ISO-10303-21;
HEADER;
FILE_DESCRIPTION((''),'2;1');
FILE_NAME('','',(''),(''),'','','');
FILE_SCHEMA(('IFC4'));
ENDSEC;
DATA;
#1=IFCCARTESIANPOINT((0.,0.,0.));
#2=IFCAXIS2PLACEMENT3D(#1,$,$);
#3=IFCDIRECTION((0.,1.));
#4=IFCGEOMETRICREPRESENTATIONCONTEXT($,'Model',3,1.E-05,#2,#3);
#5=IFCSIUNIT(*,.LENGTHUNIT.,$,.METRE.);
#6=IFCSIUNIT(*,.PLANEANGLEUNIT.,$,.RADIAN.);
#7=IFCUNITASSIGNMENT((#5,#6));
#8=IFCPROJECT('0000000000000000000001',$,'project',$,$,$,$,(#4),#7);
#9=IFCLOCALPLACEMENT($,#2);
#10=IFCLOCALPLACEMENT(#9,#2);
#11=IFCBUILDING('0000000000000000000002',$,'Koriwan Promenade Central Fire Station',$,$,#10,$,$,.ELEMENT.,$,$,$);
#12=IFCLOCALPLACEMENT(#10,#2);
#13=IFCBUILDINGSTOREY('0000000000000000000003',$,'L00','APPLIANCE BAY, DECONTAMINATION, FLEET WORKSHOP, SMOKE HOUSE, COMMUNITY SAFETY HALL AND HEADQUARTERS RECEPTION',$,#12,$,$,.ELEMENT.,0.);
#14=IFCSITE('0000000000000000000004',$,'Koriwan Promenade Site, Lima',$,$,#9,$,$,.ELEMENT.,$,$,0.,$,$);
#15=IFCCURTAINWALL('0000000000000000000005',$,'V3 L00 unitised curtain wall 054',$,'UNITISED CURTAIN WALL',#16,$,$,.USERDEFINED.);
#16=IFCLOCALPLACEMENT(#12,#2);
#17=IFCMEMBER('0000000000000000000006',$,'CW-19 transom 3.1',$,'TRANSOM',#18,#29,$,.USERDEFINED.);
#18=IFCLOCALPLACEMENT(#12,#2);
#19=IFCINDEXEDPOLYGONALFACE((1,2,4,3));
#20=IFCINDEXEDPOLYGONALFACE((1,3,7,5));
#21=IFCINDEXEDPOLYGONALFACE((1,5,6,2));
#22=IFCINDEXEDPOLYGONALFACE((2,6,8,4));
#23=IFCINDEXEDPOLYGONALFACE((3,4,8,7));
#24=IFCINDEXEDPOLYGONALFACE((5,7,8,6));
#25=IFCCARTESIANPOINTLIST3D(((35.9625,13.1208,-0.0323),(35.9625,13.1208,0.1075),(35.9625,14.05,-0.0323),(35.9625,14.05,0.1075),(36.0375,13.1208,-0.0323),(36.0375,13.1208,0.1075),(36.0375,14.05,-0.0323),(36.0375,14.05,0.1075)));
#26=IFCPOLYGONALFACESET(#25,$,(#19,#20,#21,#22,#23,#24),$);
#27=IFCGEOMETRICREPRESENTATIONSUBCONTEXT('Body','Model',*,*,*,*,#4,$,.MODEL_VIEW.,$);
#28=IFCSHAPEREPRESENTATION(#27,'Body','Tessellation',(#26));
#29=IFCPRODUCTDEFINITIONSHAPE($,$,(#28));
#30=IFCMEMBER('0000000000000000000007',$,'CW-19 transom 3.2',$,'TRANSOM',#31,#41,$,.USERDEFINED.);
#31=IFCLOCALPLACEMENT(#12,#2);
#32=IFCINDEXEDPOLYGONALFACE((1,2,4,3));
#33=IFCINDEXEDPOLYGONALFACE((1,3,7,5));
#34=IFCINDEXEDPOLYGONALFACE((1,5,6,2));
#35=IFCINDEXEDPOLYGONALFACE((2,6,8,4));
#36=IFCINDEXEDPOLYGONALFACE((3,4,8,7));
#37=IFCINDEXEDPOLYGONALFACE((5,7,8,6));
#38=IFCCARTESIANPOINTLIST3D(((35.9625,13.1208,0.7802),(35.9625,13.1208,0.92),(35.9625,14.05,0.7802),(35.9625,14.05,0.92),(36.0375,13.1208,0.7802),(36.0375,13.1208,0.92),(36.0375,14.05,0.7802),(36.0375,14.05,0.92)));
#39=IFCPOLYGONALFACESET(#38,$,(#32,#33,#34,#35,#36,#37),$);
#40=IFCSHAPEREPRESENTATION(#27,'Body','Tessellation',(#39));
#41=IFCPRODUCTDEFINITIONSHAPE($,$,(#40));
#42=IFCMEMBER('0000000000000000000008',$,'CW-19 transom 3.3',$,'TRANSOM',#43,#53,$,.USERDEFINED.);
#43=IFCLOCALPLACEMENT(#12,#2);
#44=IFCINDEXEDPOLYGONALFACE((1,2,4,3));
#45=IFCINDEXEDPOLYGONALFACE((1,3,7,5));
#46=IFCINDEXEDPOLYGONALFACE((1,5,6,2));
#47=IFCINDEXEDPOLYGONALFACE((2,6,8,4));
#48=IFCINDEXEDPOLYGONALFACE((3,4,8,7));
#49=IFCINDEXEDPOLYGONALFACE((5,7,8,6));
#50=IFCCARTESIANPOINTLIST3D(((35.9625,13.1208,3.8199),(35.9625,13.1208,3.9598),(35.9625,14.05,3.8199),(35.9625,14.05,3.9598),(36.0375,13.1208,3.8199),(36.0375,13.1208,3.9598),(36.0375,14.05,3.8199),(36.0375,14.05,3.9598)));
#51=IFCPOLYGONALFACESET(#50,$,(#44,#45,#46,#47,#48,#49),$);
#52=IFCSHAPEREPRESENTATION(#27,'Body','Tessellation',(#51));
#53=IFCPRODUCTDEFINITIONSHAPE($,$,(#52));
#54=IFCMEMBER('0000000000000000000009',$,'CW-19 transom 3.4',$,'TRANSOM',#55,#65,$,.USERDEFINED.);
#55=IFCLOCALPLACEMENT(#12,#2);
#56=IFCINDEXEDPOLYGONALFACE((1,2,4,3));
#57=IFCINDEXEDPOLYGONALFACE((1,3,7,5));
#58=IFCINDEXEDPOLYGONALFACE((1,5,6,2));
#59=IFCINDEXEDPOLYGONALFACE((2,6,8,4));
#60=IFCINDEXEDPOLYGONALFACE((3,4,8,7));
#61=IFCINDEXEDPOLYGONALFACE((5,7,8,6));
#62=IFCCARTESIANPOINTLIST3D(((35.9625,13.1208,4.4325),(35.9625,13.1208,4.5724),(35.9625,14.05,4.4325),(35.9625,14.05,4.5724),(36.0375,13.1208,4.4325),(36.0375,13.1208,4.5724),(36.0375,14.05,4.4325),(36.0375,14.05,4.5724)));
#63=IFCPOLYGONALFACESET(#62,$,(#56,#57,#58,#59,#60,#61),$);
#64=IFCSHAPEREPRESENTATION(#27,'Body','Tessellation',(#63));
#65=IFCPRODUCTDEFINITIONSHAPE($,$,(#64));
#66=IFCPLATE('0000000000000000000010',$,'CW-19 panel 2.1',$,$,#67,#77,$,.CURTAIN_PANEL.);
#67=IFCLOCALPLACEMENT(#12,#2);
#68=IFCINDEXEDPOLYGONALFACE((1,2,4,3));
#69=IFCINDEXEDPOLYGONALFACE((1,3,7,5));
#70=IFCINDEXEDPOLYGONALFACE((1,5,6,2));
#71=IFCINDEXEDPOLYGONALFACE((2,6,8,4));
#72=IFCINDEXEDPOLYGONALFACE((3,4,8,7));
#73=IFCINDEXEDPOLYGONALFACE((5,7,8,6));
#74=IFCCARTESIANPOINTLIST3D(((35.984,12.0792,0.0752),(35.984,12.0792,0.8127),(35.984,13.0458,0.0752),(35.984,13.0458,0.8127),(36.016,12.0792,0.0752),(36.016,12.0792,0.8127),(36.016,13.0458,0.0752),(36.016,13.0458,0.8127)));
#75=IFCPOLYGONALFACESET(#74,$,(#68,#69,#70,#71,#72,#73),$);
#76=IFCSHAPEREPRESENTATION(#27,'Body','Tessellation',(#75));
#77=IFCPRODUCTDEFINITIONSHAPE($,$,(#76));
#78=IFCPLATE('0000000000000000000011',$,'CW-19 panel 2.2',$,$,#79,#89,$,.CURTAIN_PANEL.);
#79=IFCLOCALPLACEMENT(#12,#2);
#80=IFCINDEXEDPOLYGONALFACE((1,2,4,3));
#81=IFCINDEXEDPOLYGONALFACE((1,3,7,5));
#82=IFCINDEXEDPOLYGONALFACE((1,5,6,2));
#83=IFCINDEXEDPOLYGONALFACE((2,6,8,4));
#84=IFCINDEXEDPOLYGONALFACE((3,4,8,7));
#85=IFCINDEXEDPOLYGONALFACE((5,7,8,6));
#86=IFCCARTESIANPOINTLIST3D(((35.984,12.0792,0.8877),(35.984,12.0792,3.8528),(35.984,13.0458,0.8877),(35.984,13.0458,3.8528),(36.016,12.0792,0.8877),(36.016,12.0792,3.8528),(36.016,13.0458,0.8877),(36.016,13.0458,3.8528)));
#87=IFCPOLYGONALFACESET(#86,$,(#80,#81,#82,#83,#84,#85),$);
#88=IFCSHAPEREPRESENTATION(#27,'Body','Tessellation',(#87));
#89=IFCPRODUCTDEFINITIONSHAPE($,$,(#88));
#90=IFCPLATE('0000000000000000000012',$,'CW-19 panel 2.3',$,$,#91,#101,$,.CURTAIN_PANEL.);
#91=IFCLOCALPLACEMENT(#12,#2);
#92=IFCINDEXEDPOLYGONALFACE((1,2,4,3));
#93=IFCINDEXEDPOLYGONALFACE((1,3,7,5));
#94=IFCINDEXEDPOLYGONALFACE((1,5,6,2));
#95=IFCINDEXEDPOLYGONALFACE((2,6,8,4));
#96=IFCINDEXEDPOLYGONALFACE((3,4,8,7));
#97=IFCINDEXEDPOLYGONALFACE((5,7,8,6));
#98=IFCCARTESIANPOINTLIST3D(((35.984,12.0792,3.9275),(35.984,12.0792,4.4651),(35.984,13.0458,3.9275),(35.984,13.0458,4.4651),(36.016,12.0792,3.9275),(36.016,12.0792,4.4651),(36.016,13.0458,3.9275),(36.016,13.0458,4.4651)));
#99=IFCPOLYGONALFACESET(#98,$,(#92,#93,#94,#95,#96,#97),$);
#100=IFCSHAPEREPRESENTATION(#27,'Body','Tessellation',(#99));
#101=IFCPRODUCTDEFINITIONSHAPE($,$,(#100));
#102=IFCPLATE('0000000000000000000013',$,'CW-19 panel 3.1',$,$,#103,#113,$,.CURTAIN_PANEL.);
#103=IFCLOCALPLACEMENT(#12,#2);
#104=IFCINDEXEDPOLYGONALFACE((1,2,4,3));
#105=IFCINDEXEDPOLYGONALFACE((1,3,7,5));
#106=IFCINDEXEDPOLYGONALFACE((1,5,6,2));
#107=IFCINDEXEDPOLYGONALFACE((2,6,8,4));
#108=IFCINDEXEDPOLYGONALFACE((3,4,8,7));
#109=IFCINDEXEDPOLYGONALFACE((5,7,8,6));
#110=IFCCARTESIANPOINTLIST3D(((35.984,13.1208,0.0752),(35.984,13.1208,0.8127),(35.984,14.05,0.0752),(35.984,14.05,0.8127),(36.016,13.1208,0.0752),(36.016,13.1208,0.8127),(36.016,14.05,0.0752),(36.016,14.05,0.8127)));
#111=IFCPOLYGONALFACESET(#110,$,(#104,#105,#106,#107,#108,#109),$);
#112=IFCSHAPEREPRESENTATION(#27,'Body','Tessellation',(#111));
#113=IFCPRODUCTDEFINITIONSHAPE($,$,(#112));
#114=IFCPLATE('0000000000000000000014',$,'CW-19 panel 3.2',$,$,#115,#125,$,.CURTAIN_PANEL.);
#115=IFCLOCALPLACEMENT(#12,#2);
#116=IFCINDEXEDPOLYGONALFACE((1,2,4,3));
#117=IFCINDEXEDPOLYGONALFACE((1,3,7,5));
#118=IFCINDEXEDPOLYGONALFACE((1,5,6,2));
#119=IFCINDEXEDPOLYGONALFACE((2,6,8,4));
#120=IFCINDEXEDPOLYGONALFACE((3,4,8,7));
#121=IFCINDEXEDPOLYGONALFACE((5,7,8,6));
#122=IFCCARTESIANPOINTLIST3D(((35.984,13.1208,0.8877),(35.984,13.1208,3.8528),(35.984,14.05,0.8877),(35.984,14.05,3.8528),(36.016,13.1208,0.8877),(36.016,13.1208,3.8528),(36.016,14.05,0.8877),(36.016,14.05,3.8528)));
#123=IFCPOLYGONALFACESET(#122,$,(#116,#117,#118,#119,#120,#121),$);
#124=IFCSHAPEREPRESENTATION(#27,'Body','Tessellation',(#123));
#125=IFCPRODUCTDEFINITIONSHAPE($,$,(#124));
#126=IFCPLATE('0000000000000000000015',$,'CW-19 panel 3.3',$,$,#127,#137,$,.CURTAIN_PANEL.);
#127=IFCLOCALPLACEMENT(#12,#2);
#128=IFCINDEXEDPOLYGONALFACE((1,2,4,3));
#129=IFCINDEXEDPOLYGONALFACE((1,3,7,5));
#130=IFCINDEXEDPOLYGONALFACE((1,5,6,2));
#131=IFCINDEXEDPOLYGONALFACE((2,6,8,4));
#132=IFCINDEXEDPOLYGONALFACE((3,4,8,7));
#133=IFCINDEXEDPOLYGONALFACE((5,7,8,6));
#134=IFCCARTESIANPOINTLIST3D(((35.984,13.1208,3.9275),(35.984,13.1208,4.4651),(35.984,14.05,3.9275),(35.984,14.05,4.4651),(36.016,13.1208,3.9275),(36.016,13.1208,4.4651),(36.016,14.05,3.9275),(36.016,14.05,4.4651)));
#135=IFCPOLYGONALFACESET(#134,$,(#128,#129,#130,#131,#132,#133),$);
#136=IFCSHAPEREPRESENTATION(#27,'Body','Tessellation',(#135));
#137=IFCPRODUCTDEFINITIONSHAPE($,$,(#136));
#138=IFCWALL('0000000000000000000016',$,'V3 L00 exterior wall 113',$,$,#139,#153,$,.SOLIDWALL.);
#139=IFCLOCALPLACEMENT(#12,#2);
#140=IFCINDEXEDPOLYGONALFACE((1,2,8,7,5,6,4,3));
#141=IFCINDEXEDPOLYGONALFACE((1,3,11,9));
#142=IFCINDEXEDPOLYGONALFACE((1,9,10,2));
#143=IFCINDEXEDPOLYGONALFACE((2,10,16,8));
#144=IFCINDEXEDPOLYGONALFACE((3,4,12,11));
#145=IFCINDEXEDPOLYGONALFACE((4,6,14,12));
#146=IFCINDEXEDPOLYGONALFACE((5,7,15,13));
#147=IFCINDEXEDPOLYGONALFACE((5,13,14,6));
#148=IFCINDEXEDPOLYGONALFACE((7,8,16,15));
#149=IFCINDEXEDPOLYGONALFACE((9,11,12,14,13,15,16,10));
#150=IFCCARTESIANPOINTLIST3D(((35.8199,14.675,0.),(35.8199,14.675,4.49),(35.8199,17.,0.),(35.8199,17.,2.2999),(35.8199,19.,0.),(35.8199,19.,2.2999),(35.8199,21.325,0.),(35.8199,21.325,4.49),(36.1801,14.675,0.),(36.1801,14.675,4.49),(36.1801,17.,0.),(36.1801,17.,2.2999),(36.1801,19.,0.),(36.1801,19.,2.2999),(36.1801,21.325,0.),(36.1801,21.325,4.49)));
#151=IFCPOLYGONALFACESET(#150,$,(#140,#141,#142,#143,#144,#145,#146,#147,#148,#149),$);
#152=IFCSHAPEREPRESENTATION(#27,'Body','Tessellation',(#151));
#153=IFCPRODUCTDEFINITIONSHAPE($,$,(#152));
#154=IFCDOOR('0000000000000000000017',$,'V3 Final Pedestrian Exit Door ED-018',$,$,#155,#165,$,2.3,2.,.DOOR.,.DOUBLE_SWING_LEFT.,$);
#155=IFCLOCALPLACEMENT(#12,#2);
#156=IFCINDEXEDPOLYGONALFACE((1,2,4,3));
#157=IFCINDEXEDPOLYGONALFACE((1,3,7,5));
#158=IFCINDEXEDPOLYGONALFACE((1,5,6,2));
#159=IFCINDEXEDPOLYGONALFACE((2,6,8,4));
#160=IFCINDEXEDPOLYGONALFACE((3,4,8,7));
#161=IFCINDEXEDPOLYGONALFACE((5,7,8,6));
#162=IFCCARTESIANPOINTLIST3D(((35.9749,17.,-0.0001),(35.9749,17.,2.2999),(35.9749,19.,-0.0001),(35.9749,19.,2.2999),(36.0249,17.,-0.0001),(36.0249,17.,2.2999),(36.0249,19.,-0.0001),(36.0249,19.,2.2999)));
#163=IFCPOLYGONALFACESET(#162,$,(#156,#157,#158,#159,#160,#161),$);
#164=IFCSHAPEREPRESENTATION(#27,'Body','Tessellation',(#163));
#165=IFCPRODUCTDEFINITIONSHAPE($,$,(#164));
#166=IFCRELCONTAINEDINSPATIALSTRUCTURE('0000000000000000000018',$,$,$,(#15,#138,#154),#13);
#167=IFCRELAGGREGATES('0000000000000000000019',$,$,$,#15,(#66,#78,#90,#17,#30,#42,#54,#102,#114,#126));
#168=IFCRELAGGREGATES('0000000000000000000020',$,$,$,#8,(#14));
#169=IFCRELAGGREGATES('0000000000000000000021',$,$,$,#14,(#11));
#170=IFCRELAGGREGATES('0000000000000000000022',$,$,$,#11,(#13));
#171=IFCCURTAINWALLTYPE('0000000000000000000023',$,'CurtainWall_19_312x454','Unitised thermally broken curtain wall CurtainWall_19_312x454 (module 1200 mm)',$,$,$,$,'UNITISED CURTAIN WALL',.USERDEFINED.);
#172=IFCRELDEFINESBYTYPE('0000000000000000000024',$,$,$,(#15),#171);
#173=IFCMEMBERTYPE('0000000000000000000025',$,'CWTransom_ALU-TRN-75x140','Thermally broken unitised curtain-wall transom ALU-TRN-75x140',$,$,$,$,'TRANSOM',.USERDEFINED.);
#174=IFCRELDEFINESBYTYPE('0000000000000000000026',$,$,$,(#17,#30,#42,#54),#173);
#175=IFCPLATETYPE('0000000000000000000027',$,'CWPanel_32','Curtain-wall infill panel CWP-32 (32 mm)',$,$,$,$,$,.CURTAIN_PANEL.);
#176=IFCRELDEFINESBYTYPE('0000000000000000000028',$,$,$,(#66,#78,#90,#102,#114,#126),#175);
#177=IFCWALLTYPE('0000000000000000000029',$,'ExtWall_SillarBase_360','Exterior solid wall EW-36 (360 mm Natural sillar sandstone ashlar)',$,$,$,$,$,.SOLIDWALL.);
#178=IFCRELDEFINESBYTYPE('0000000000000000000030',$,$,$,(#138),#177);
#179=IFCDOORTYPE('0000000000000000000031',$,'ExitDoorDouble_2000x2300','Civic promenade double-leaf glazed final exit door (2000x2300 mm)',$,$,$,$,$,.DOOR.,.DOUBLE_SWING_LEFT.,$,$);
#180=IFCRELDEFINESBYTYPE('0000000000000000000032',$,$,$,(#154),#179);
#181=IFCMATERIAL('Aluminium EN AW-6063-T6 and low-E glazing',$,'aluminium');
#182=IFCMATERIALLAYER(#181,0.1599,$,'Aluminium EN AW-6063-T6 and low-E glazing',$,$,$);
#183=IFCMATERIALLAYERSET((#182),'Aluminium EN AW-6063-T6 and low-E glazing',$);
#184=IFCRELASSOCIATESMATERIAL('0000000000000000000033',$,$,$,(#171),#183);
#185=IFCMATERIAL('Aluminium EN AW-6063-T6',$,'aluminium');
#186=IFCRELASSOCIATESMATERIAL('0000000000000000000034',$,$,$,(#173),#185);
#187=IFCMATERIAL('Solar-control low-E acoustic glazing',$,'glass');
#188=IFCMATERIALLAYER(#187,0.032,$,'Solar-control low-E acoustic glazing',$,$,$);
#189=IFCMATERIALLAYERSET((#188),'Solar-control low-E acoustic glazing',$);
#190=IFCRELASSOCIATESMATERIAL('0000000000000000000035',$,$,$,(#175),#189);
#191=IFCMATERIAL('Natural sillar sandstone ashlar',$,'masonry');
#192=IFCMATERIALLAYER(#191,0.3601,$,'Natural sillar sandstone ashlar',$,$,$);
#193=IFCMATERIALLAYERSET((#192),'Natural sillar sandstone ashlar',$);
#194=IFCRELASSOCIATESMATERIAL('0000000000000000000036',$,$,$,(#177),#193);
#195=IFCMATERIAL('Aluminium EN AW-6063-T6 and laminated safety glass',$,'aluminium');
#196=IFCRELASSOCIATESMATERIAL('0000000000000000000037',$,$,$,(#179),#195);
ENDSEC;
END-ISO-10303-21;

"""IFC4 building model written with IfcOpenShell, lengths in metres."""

from ifc_helpers import new_model, si_unit, direction, frame, frame_2d, origin, origin_2d, place, context, subcontext, project, spatial, rectangle, extrude, material, layer, layer_set, material_profile, profile_set, type_object, element, fill, aggregate, save


model = new_model("IFC4")

# Units and contexts
model_context = context("Model", 3, precision=1e-05, world=origin(), true_north=direction((0.0, 1.0)))
body_context = subcontext(model_context, "Body", "Model", "MODEL_VIEW")
ifc_project = project(units=[si_unit("LENGTHUNIT", "METRE"), si_unit("PLANEANGLEUNIT", "RADIAN")], contexts=[model_context])

# Site, building, storey
site_placement = place(None, origin())
site = spatial("IfcSite", under=ifc_project, at=site_placement, Name="Koriwan Promenade Site, Lima", CompositionType="ELEMENT", RefElevation=0.0)
building_placement = place(site_placement, origin())
building = spatial("IfcBuilding", under=site, at=building_placement, Name="Koriwan Promenade Central Fire Station", CompositionType="ELEMENT")
storey_placement = place(building_placement, origin())
storey = spatial("IfcBuildingStorey", under=building, at=storey_placement, Name="L00", Description="APPLIANCE BAY, DECONTAMINATION, FLEET WORKSHOP, SMOKE HOUSE, COMMUNITY SAFETY HALL AND HEADQUARTERS RECEPTION", CompositionType="ELEMENT", Elevation=0.0)

# Curtain wall
ifc_material_1 = material(Name="Aluminium EN AW-6063-T6 and low-E glazing", Category="aluminium")
ifc_layer_1 = layer(ifc_material_1, 0.1599, Name="Aluminium EN AW-6063-T6 and low-E glazing")
ifc_layer_set_1 = layer_set([ifc_layer_1], Name="Aluminium EN AW-6063-T6 and low-E glazing")
curtain_wall_type_1 = type_object("IfcCurtainWallType", Name="CurtainWall_19_312x454", Description="Unitised thermally broken curtain wall CurtainWall_19_312x454 (module 1200 mm)", ElementType="UNITISED CURTAIN WALL", PredefinedType="USERDEFINED", material=ifc_layer_set_1)
curtain_wall_1_placement = place(storey_placement, origin())
curtain_wall_1 = element("IfcCurtainWall", 1, at=curtain_wall_1_placement, inside=storey, type_object=curtain_wall_type_1, Name="V3 L00 unitised curtain wall 054", ObjectType="UNITISED CURTAIN WALL", PredefinedType="USERDEFINED")
ifc_material_2 = material(Name="Aluminium EN AW-6063-T6", Category="aluminium")

# Members
ifc_material_profile_1 = material_profile(ifc_material_2, rectangle(XDim=0.075, YDim=0.1399, at=origin_2d()), Name="ALU-TRN-75x140")
ifc_profile_set_1 = profile_set([ifc_material_profile_1], Name="Aluminium EN AW-6063-T6")
member_type_1 = type_object("IfcMemberType", Name="CWTransom_ALU-TRN-75x140", Description="Thermally broken unitised curtain-wall transom ALU-TRN-75x140", ElementType="TRANSOM", PredefinedType="USERDEFINED", material=ifc_profile_set_1)
member_1_placement = place(storey_placement, frame((36.0, 13.1208, 0.0376), z_axis=(0.0, 1.0, 0.0), x_axis=(-1.0, 0.0, 0.0)))
member_1 = element("IfcMember", 2, at=member_1_placement, type_object=member_type_1, Name="CW-19 transom 3.1", ObjectType="TRANSOM", PredefinedType="USERDEFINED", context=body_context, shape_type="SweptSolid", body=[
    extrude(rectangle(XDim=0.075, YDim=0.1399, at=origin_2d()), origin(), (0.0, 0.0, 1.0), 0.9292),
])
member_2_placement = place(storey_placement, frame((36.0, 13.1208, 0.8501), z_axis=(0.0, 1.0, 0.0), x_axis=(-1.0, 0.0, 0.0)))
member_2 = element("IfcMember", 3, at=member_2_placement, type_object=member_type_1, Name="CW-19 transom 3.2", ObjectType="TRANSOM", PredefinedType="USERDEFINED", context=body_context, shape_type="SweptSolid", body=[
    extrude(rectangle(XDim=0.075, YDim=0.1399, at=origin_2d()), origin(), (0.0, 0.0, 1.0), 0.9292),
])
member_3_placement = place(storey_placement, frame((36.0, 13.1208, 3.8899), z_axis=(0.0, 1.0, 0.0), x_axis=(-1.0, 0.0, 0.0)))
member_3 = element("IfcMember", 4, at=member_3_placement, type_object=member_type_1, Name="CW-19 transom 3.3", ObjectType="TRANSOM", PredefinedType="USERDEFINED", context=body_context, shape_type="SweptSolid", body=[
    extrude(rectangle(XDim=0.075, YDim=0.1399, at=origin_2d()), origin(), (0.0, 0.0, 1.0), 0.9292),
])
member_4_placement = place(storey_placement, frame((36.0, 13.1208, 4.5024), z_axis=(0.0, 1.0, 0.0), x_axis=(-1.0, 0.0, 0.0)))
member_4 = element("IfcMember", 5, at=member_4_placement, type_object=member_type_1, Name="CW-19 transom 3.4", ObjectType="TRANSOM", PredefinedType="USERDEFINED", context=body_context, shape_type="SweptSolid", body=[
    extrude(rectangle(XDim=0.075, YDim=0.1399, at=origin_2d()), origin(), (0.0, 0.0, 1.0), 0.9292),
])

# Plates
ifc_material_3 = material(Name="Solar-control low-E acoustic glazing", Category="glass")
ifc_layer_2 = layer(ifc_material_3, 0.032, Name="Solar-control low-E acoustic glazing")
ifc_layer_set_2 = layer_set([ifc_layer_2], Name="Solar-control low-E acoustic glazing")
plate_type = type_object("IfcPlateType", Name="CWPanel_32", Description="Curtain-wall infill panel CWP-32 (32 mm)", PredefinedType="CURTAIN_PANEL", material=ifc_layer_set_2)
plate_1_placement = place(storey_placement, frame((36.0, 12.5625, 0.0752), z_axis=(0.0, 0.0, 1.0), x_axis=(0.0, 1.0, 0.0)))
plate_1 = element("IfcPlate", 6, at=plate_1_placement, type_object=plate_type, Name="CW-19 panel 2.1", PredefinedType="CURTAIN_PANEL", context=body_context, shape_type="SweptSolid", body=[
    extrude(rectangle(XDim=0.9666, YDim=0.032, at=origin_2d()), origin(), (0.0, 0.0, 1.0), 0.7375),
])
plate_2_placement = place(storey_placement, frame((36.0, 12.5625, 0.8877), z_axis=(0.0, 0.0, 1.0), x_axis=(0.0, 1.0, 0.0)))
plate_2 = element("IfcPlate", 7, at=plate_2_placement, type_object=plate_type, Name="CW-19 panel 2.2", PredefinedType="CURTAIN_PANEL", context=body_context, shape_type="SweptSolid", body=[
    extrude(rectangle(XDim=0.9666, YDim=0.032, at=origin_2d()), origin(), (0.0, 0.0, 1.0), 2.9651),
])
plate_3_placement = place(storey_placement, frame((36.0, 12.5625, 3.9275), z_axis=(0.0, 0.0, 1.0), x_axis=(0.0, 1.0, 0.0)))
plate_3 = element("IfcPlate", 8, at=plate_3_placement, type_object=plate_type, Name="CW-19 panel 2.3", PredefinedType="CURTAIN_PANEL", context=body_context, shape_type="SweptSolid", body=[
    extrude(rectangle(XDim=0.9666, YDim=0.032, at=origin_2d()), origin(), (0.0, 0.0, 1.0), 0.5376),
])
plate_4_placement = place(storey_placement, frame((36.0, 13.5854, 0.0752), z_axis=(0.0, 0.0, 1.0), x_axis=(0.0, 1.0, 0.0)))
plate_4 = element("IfcPlate", 9, at=plate_4_placement, type_object=plate_type, Name="CW-19 panel 3.1", PredefinedType="CURTAIN_PANEL", context=body_context, shape_type="SweptSolid", body=[
    extrude(rectangle(XDim=0.9292, YDim=0.032, at=origin_2d()), origin(), (0.0, 0.0, 1.0), 0.7375),
])
plate_5_placement = place(storey_placement, frame((36.0, 13.5854, 0.8877), z_axis=(0.0, 0.0, 1.0), x_axis=(0.0, 1.0, 0.0)))
plate_5 = element("IfcPlate", 10, at=plate_5_placement, type_object=plate_type, Name="CW-19 panel 3.2", PredefinedType="CURTAIN_PANEL", context=body_context, shape_type="SweptSolid", body=[
    extrude(rectangle(XDim=0.9292, YDim=0.032, at=origin_2d()), origin(), (0.0, 0.0, 1.0), 2.9651),
])
plate_6_placement = place(storey_placement, frame((36.0, 13.5854, 3.9275), z_axis=(0.0, 0.0, 1.0), x_axis=(0.0, 1.0, 0.0)))
plate_6 = element("IfcPlate", 11, at=plate_6_placement, type_object=plate_type, Name="CW-19 panel 3.3", PredefinedType="CURTAIN_PANEL", context=body_context, shape_type="SweptSolid", body=[
    extrude(rectangle(XDim=0.9292, YDim=0.032, at=origin_2d()), origin(), (0.0, 0.0, 1.0), 0.5376),
])
aggregate(curtain_wall_1, [plate_1, plate_2, plate_3, member_1, member_2, member_3, member_4, plate_4, plate_5, plate_6])

# Wall, opening, door
ifc_material_4 = material(Name="Natural sillar sandstone ashlar", Category="masonry")
ifc_layer_3 = layer(ifc_material_4, 0.3601, Name="Natural sillar sandstone ashlar")
ifc_layer_set_3 = layer_set([ifc_layer_3], Name="Natural sillar sandstone ashlar")
wall_type = type_object("IfcWallType", Name="ExtWall_SillarBase_360", Description="Exterior solid wall EW-36 (360 mm Natural sillar sandstone ashlar)", PredefinedType="SOLIDWALL", material=ifc_layer_set_3)
wall_placement = place(storey_placement, frame((36.0, 14.675, 0.0), z_axis=(0.0, 0.0, 1.0), x_axis=(0.0, 1.0, 0.0)))
wall = element("IfcWall", 12, at=wall_placement, inside=storey, type_object=wall_type, Name="V3 L00 exterior wall 113", PredefinedType="SOLIDWALL", context=body_context, shape_type="SweptSolid", body=[
    extrude(rectangle(XDim=6.6499, YDim=0.3601, at=frame_2d((3.325, 0.0))), origin(), (0.0, 0.0, 1.0), 4.49),
])
opening_placement = place(wall_placement, frame((2.325, 0.0, 0.0)))
opening = element("IfcOpeningElement", 13, at=opening_placement, cuts=wall, PredefinedType="OPENING", context=body_context, shape_type="SweptSolid", body=[
    extrude(rectangle(XDim=2.0, YDim=2.3, at=frame_2d((1.0, 1.1499))), frame((0.0, 0.1919, 0.0), z_axis=(0.0, -1.0, 0.0), x_axis=(1.0, 0.0, 0.0)), (0.0, 0.0, 1.0), 0.384),
])
ifc_material_5 = material(Name="Aluminium EN AW-6063-T6 and laminated safety glass", Category="aluminium")
door_type = type_object("IfcDoorType", Name="ExitDoorDouble_2000x2300", Description="Civic promenade double-leaf glazed final exit door (2000x2300 mm)", OperationType="DOUBLE_SWING_LEFT", PredefinedType="DOOR", material=ifc_material_5)
door_placement = place(opening_placement, frame((2.0, 0.0, 0.0), z_axis=(0.0, 0.0, 1.0), x_axis=(-1.0, 0.0, 0.0)))
door = element("IfcDoor", 14, at=door_placement, inside=storey, type_object=door_type, Name="V3 Final Pedestrian Exit Door ED-018", OperationType="DOUBLE_SWING_LEFT", OverallHeight=2.3, OverallWidth=2.0, PredefinedType="DOOR", context=body_context, shape_type="SweptSolid", body=[
    extrude(rectangle(XDim=2.0, YDim=2.3, at=frame_2d((1.0, 1.1499))), frame((0.0, 0.0249, 0.0), z_axis=(0.0, -1.0, 0.0), x_axis=(1.0, 0.0, 0.0)), (0.0, 0.0, 1.0), 0.05),
])
fill(opening, door)

save(model, "model.ifc")
